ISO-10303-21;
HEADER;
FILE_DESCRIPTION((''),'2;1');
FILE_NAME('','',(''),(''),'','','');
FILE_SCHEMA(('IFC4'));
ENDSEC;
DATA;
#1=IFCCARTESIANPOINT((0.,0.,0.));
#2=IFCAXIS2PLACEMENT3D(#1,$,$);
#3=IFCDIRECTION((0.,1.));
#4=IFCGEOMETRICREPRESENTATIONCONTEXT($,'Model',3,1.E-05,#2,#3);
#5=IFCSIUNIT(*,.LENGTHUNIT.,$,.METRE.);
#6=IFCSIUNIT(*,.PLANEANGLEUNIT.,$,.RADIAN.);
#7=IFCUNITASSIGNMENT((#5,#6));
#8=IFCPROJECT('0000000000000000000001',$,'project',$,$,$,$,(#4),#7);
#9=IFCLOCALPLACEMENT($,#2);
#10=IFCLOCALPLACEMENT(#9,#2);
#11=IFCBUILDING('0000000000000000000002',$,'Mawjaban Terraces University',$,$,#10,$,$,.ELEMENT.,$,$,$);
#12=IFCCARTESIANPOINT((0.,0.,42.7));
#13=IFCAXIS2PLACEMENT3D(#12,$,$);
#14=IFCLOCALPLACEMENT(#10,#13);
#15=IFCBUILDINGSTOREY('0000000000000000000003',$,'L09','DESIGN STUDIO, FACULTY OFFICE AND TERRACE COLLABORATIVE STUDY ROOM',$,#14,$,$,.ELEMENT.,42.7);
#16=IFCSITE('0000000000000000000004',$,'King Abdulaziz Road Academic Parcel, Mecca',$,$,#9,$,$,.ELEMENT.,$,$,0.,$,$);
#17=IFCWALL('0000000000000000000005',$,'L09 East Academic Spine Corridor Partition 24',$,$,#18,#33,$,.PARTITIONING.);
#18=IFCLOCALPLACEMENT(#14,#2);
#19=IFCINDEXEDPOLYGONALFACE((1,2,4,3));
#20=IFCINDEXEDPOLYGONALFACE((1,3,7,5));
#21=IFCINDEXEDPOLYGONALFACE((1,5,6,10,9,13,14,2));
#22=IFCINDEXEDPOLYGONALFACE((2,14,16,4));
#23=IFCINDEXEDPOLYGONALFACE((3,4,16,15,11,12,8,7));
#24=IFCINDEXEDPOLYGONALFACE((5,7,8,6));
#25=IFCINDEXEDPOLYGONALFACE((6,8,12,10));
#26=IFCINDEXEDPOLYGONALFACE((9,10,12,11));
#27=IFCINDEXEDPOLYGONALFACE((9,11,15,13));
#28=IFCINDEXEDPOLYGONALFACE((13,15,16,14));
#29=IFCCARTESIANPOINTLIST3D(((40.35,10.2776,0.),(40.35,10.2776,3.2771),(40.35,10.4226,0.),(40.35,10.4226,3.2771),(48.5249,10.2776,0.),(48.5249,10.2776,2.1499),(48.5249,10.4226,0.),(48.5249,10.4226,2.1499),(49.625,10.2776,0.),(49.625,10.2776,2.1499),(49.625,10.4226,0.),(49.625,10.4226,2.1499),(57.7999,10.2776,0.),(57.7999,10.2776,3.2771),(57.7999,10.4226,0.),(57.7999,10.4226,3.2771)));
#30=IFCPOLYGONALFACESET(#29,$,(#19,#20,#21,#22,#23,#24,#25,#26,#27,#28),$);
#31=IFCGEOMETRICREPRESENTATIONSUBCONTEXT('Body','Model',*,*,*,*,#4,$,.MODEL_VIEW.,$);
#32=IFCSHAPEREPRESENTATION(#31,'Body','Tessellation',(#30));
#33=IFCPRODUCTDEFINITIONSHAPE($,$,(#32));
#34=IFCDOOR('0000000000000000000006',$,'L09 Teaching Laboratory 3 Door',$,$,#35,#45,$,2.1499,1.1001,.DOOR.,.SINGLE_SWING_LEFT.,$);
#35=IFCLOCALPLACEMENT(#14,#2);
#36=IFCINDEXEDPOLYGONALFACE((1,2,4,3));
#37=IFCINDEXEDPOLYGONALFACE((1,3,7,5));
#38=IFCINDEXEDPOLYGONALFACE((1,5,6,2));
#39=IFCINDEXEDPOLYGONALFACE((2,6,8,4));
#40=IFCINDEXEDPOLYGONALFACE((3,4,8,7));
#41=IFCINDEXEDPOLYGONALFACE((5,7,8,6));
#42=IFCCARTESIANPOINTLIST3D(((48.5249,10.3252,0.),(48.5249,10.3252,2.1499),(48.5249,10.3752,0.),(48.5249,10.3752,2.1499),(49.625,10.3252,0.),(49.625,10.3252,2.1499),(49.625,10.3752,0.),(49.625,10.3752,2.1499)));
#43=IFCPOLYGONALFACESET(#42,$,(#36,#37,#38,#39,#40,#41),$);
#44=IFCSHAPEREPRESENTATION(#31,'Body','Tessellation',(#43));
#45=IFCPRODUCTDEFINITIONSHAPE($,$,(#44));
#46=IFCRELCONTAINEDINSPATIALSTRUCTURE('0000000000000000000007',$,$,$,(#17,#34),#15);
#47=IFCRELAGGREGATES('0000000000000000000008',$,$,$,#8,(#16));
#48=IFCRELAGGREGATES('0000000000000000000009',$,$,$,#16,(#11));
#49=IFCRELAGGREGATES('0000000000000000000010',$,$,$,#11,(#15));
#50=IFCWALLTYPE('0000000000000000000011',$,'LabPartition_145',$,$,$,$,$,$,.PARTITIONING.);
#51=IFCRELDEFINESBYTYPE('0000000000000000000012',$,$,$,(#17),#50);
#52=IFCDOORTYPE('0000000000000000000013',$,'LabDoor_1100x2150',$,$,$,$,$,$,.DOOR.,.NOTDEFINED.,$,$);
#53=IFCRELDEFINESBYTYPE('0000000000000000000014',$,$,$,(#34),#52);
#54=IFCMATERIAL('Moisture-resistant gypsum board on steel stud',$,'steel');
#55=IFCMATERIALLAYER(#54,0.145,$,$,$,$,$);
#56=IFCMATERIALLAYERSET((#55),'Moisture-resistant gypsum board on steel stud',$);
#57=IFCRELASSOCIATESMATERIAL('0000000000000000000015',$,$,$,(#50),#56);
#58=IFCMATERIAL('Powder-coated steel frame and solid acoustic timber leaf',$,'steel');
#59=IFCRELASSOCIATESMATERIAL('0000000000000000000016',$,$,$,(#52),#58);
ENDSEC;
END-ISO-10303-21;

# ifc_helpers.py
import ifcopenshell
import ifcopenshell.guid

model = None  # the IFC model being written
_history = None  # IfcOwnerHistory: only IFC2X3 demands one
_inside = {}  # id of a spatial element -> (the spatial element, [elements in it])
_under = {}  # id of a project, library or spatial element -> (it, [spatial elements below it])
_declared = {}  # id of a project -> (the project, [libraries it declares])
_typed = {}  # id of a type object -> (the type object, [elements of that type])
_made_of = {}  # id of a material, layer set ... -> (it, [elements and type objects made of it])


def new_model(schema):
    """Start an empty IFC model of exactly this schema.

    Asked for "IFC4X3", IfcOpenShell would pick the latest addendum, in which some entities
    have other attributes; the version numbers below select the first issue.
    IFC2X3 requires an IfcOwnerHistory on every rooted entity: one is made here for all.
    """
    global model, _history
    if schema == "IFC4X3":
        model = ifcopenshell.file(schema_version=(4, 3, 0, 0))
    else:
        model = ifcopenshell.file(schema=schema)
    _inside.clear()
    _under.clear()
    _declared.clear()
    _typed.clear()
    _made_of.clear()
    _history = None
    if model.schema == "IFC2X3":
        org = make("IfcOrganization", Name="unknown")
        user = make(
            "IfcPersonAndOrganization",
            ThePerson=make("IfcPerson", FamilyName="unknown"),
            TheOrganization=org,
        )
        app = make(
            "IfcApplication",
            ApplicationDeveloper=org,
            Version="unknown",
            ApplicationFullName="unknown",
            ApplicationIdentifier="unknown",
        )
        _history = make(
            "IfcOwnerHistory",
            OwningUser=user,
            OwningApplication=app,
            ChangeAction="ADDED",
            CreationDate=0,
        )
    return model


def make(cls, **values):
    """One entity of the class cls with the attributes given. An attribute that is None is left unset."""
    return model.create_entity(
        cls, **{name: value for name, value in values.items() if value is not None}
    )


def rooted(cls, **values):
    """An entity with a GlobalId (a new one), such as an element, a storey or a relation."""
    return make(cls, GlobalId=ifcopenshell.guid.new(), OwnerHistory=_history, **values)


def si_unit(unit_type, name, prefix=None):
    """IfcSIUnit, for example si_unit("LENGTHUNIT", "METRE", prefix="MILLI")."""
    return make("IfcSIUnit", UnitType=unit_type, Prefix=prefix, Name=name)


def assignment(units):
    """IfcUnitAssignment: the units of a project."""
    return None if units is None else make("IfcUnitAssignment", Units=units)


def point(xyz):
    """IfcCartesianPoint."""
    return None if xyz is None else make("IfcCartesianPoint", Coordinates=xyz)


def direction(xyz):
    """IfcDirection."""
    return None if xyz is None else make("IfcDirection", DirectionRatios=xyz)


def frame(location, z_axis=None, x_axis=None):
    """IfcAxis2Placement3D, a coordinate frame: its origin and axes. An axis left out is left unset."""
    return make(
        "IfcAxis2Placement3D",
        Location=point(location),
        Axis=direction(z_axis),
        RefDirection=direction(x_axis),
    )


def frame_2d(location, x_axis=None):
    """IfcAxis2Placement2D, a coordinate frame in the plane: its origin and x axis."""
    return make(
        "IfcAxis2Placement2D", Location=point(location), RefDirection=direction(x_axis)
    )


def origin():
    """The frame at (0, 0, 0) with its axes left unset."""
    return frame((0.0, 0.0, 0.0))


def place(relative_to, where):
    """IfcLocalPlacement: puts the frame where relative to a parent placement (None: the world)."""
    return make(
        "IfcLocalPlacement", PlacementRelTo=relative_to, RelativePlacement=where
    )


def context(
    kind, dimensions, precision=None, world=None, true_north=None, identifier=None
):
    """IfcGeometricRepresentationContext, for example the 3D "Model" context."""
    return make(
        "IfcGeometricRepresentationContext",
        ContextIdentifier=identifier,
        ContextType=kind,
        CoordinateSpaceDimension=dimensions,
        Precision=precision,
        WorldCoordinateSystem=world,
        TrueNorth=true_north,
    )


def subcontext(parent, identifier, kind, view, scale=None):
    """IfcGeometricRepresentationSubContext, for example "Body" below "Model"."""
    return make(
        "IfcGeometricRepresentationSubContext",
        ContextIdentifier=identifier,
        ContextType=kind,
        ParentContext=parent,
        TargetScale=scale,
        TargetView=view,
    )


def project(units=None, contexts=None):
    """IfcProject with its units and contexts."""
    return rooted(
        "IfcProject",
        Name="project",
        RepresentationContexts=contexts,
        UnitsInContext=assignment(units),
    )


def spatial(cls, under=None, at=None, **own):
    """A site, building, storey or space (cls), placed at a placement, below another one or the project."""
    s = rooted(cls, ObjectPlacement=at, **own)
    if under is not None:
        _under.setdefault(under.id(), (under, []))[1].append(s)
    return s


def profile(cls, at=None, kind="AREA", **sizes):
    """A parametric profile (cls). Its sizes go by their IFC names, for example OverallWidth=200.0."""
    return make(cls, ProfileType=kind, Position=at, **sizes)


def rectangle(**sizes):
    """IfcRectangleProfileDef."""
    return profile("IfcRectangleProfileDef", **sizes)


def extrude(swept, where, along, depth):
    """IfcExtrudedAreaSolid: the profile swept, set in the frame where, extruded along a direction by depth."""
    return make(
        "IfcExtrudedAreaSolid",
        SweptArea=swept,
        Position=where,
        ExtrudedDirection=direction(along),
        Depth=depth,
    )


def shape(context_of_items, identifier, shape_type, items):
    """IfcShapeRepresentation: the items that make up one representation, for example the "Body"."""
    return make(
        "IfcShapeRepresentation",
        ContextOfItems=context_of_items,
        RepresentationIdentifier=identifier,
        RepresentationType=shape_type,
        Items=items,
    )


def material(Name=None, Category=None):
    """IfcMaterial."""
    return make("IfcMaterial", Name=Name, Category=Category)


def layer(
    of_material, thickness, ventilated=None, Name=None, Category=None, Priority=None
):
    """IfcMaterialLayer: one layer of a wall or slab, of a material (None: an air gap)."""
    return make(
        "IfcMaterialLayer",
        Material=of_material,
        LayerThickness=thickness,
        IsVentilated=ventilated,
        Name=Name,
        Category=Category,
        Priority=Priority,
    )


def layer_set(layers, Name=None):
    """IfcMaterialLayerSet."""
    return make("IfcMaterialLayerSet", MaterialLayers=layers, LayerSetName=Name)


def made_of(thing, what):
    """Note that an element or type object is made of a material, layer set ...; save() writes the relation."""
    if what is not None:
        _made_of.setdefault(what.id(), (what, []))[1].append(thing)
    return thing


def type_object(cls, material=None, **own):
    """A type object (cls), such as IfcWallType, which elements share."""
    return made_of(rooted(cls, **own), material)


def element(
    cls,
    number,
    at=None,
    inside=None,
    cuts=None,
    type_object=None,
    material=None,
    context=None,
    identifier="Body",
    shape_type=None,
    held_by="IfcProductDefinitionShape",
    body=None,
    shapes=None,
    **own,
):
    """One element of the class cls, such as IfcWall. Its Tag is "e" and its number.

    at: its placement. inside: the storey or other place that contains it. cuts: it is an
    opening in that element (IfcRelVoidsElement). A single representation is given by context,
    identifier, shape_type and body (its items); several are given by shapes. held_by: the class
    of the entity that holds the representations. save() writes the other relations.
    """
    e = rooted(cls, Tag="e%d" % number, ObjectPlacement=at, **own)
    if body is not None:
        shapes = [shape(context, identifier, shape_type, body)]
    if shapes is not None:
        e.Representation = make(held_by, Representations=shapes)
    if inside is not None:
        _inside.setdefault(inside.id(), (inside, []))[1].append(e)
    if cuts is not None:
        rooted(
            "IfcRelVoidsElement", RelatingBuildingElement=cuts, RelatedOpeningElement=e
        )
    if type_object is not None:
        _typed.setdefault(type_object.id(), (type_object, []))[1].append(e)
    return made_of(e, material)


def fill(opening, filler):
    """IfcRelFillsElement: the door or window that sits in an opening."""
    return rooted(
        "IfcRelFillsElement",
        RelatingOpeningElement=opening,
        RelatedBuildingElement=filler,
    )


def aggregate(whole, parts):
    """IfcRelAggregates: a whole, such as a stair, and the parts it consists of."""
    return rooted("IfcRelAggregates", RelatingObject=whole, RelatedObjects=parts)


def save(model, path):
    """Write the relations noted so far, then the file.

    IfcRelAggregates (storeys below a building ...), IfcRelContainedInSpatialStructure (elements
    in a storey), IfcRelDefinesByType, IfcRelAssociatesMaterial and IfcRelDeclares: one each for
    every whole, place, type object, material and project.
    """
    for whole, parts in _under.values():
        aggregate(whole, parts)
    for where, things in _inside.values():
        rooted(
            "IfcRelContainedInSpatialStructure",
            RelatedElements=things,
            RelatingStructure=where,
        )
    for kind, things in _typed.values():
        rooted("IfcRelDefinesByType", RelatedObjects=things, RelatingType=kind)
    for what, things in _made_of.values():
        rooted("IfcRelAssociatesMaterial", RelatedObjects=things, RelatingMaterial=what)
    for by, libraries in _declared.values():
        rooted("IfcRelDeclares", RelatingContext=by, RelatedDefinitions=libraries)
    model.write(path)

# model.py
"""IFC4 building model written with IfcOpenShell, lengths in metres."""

from ifc_helpers import new_model, si_unit, direction, frame, frame_2d, origin, place, context, subcontext, project, spatial, rectangle, extrude, material, layer, layer_set, type_object, element, fill, save


model = new_model("IFC4")

# Units and contexts
model_context = context("Model", 3, precision=1e-05, world=origin(), true_north=direction((0.0, 1.0)))
body_context = subcontext(model_context, "Body", "Model", "MODEL_VIEW")
ifc_project = project(units=[si_unit("LENGTHUNIT", "METRE"), si_unit("PLANEANGLEUNIT", "RADIAN")], contexts=[model_context])

# Site, building, storey
site_placement = place(None, origin())
site = spatial("IfcSite", under=ifc_project, at=site_placement, Name="King Abdulaziz Road Academic Parcel, Mecca", CompositionType="ELEMENT", RefElevation=0.0)
building_placement = place(site_placement, origin())
building = spatial("IfcBuilding", under=site, at=building_placement, Name="Mawjaban Terraces University", CompositionType="ELEMENT")
storey_placement = place(building_placement, frame((0.0, 0.0, 42.7)))
storey = spatial("IfcBuildingStorey", under=building, at=storey_placement, Name="L09", Description="DESIGN STUDIO, FACULTY OFFICE AND TERRACE COLLABORATIVE STUDY ROOM", CompositionType="ELEMENT", Elevation=42.7)

# Shared definitions
ifc_material_1 = material(Name="Powder-coated steel frame and solid acoustic timber leaf", Category="steel")

# Wall, opening, door
ifc_material_2 = material(Name="Moisture-resistant gypsum board on steel stud", Category="steel")
ifc_layer_1 = layer(ifc_material_2, 0.145)
ifc_layer_set_1 = layer_set([ifc_layer_1], Name="Moisture-resistant gypsum board on steel stud")
wall_type_1 = type_object("IfcWallType", Name="LabPartition_145", PredefinedType="PARTITIONING", material=ifc_layer_set_1)
wall_1_placement = place(storey_placement, frame((57.8, 10.3501, 0.0), z_axis=(0.0, 0.0, 1.0), x_axis=(-1.0, 0.0, 0.0)))
wall_1 = element("IfcWall", 1, at=wall_1_placement, inside=storey, type_object=wall_type_1, Name="L09 East Academic Spine Corridor Partition 24", PredefinedType="PARTITIONING", context=body_context, shape_type="SweptSolid", body=[
    extrude(rectangle(XDim=17.45, YDim=0.145, at=frame_2d((8.7251, 0.0))), origin(), (0.0, 0.0, 1.0), 3.2771),
])
opening_1_placement = place(wall_1_placement, frame((8.175, 0.0, 0.0)))
opening_1 = element("IfcOpeningElement", 2, at=opening_1_placement, cuts=wall_1, PredefinedType="OPENING", context=body_context, shape_type="SweptSolid", body=[
    extrude(rectangle(XDim=1.1001, YDim=2.1499, at=frame_2d((0.55, 1.075))), frame((0.0, 0.0825, 0.0), z_axis=(0.0, -1.0, 0.0), x_axis=(1.0, 0.0, 0.0)), (0.0, 0.0, 1.0), 0.165),
])
door_type_1 = type_object("IfcDoorType", Name="LabDoor_1100x2150", OperationType="NOTDEFINED", PredefinedType="DOOR", material=ifc_material_1)
door_1_placement = place(opening_1_placement, origin())
door_1 = element("IfcDoor", 3, at=door_1_placement, inside=storey, type_object=door_type_1, Name="L09 Teaching Laboratory 3 Door", OperationType="SINGLE_SWING_LEFT", OverallHeight=2.1499, OverallWidth=1.1001, PredefinedType="DOOR", context=body_context, shape_type="SweptSolid", body=[
    extrude(rectangle(XDim=1.1001, YDim=2.1499, at=frame_2d((0.55, 1.075))), frame((0.0, 0.0249, 0.0), z_axis=(0.0, -1.0, 0.0), x_axis=(1.0, 0.0, 0.0)), (0.0, 0.0, 1.0), 0.05),
])
fill(opening_1, door_1)

save(model, "model.ifc")
